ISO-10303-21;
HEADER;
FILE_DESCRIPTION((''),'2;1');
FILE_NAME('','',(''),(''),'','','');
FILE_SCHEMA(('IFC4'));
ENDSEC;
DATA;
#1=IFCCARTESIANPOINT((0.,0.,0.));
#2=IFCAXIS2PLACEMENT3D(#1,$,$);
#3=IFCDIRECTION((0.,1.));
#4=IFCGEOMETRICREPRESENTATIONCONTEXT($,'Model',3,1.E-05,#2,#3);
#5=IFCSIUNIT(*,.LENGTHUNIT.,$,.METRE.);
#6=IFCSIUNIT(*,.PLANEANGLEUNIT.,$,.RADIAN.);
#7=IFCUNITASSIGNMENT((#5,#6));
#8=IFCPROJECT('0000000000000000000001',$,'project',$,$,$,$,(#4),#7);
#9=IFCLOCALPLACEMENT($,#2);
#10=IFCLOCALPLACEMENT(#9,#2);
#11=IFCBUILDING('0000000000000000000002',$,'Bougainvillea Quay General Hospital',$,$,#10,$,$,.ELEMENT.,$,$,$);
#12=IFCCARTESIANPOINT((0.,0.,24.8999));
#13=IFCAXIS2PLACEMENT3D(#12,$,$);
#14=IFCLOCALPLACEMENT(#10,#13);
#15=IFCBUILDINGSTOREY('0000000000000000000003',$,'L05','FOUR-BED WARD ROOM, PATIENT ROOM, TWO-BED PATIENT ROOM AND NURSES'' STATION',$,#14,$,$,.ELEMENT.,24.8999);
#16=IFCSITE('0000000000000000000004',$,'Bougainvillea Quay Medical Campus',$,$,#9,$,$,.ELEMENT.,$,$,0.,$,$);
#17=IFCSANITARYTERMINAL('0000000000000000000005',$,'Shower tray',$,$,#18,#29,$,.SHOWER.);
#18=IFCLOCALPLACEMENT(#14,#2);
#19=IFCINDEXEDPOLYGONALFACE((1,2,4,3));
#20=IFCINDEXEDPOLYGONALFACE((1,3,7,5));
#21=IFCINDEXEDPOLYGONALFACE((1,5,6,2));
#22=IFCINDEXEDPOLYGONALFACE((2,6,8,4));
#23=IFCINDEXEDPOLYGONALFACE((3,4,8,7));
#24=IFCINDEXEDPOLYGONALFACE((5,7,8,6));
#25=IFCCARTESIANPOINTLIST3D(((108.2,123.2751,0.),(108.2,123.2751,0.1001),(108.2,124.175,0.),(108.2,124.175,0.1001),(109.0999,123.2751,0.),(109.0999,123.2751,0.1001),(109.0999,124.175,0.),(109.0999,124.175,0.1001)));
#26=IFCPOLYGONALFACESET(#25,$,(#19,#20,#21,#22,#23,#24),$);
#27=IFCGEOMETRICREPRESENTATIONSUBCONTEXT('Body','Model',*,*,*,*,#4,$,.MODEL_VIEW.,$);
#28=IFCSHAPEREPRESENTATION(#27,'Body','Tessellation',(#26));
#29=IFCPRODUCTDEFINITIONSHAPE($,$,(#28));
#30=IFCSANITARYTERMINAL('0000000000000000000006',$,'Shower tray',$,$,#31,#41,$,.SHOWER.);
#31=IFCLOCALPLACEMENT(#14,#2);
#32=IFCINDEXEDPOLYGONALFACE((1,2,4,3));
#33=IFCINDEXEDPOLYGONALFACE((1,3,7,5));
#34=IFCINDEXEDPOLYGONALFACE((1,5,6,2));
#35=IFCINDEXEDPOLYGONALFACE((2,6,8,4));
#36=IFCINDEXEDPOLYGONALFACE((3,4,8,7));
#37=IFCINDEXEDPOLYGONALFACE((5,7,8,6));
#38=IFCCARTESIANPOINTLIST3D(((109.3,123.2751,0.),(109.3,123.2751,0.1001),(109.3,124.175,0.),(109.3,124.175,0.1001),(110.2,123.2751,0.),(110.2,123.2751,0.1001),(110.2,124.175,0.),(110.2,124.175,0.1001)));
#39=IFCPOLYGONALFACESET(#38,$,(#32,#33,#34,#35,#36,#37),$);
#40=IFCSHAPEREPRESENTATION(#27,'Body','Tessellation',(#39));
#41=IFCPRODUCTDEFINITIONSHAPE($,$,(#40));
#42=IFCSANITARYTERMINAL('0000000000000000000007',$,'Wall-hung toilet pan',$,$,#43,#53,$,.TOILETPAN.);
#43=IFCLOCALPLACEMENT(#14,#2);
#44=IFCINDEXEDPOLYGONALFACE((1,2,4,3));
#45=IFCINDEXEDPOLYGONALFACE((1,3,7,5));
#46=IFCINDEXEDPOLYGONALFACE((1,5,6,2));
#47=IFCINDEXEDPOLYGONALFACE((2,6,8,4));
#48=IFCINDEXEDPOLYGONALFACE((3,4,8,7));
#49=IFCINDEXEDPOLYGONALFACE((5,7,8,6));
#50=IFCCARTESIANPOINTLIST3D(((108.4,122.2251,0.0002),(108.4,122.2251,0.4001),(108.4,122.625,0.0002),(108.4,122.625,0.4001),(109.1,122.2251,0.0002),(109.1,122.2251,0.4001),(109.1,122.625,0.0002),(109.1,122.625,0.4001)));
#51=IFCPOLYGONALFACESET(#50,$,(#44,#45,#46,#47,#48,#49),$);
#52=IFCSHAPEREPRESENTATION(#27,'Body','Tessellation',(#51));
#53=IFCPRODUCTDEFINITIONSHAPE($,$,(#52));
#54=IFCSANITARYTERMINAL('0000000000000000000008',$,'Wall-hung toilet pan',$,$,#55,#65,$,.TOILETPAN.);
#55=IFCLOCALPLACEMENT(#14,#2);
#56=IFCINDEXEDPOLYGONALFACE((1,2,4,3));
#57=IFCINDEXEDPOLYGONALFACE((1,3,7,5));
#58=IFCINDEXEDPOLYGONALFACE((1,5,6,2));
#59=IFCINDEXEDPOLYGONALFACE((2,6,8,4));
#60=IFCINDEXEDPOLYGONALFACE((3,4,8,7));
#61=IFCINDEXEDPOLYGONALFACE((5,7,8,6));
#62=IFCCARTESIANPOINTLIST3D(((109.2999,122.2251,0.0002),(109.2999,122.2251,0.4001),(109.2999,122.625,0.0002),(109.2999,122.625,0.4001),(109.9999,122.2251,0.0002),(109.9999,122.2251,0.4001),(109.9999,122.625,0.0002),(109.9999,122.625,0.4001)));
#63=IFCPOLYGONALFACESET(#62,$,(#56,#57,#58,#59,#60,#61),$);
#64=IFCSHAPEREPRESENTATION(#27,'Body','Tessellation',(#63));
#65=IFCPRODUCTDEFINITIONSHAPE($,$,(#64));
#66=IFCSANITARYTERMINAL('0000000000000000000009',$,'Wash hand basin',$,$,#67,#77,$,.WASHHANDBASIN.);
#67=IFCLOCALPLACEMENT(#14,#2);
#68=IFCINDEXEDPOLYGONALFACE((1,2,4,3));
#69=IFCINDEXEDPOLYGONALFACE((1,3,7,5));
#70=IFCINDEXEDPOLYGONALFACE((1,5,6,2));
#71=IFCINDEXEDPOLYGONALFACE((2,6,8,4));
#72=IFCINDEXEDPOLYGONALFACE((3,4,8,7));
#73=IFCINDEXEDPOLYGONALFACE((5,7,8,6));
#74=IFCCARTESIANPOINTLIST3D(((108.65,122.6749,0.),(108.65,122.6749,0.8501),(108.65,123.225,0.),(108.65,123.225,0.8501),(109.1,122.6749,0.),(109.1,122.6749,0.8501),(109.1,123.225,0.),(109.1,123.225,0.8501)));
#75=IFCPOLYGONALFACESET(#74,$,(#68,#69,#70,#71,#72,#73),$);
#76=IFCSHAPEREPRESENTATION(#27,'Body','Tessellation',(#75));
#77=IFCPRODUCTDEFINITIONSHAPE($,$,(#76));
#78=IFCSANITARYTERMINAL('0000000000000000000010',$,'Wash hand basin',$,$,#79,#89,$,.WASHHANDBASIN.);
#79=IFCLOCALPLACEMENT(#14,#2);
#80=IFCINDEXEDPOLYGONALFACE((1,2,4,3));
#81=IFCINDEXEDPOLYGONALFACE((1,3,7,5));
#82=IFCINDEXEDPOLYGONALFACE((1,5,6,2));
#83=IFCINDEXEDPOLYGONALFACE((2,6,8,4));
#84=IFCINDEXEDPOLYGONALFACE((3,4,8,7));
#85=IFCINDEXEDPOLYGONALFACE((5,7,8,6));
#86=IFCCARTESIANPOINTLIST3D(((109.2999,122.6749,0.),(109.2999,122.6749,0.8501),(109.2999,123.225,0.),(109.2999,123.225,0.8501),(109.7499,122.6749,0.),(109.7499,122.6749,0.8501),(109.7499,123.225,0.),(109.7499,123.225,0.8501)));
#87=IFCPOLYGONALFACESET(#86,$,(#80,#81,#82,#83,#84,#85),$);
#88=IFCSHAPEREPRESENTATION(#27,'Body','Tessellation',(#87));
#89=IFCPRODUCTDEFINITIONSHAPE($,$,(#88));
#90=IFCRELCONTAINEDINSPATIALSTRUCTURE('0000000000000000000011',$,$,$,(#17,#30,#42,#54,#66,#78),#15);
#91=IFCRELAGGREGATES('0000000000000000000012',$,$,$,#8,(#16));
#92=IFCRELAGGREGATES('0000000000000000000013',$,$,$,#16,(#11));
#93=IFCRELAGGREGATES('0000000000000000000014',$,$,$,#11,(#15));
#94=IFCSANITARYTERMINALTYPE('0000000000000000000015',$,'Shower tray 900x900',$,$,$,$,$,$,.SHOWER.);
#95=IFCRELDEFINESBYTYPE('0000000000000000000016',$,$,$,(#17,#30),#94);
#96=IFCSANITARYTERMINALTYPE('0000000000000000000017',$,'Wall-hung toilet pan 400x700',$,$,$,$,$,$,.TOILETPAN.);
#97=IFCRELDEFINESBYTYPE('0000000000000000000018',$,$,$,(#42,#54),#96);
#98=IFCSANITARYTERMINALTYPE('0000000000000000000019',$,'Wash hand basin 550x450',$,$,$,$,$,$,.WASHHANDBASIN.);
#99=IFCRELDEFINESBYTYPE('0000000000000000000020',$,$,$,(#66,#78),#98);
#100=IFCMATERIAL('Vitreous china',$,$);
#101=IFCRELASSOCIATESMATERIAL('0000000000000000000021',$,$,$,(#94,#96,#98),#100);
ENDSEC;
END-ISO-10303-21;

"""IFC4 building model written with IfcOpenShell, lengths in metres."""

from ifc_helpers import new_model, si_unit, direction, frame, origin, origin_2d, place, context, subcontext, project, spatial, rectangle, extrude, material, type_object, element, save


model = new_model("IFC4")

# Units and contexts
model_context = context("Model", 3, precision=1e-05, world=origin(), true_north=direction((0.0, 1.0)))
body_context = subcontext(model_context, "Body", "Model", "MODEL_VIEW")
ifc_project = project(units=[si_unit("LENGTHUNIT", "METRE"), si_unit("PLANEANGLEUNIT", "RADIAN")], contexts=[model_context])

# Site, building, storey
site_placement = place(None, origin())
site = spatial("IfcSite", under=ifc_project, at=site_placement, Name="Bougainvillea Quay Medical Campus", CompositionType="ELEMENT", RefElevation=0.0)
building_placement = place(site_placement, origin())
building = spatial("IfcBuilding", under=site, at=building_placement, Name="Bougainvillea Quay General Hospital", CompositionType="ELEMENT")
storey_placement = place(building_placement, frame((0.0, 0.0, 24.8999)))
storey = spatial("IfcBuildingStorey", under=building, at=storey_placement, Name="L05", Description="FOUR-BED WARD ROOM, PATIENT ROOM, TWO-BED PATIENT ROOM AND NURSES' STATION", CompositionType="ELEMENT", Elevation=24.8999)

# Sanitary terminals
ifc_material_1 = material(Name="Vitreous china")
sanitary_terminal_type_1 = type_object("IfcSanitaryTerminalType", Name="Shower tray 900x900", PredefinedType="SHOWER", material=ifc_material_1)
for number, where, z_axis, x_axis, name in (
    (1, (108.6499, 123.7251, 0.0), (0.0, 0.0, 1.0), (0.0, -1.0, 0.0), "Shower tray"),
    (2, (109.75, 123.7251, 0.0), (0.0, 0.0, 1.0), (0.0, 1.0, 0.0), "Shower tray"),
):
    element("IfcSanitaryTerminal", number, at=place(storey_placement, frame(where, z_axis=z_axis, x_axis=x_axis)), inside=storey, type_object=sanitary_terminal_type_1, Name=name, PredefinedType="SHOWER", context=body_context, shape_type="SweptSolid", body=[
        extrude(rectangle(XDim=0.8999, YDim=0.8999, at=origin_2d()), origin(), (0.0, 0.0, 1.0), 0.1001),
    ])
sanitary_terminal_type_2 = type_object("IfcSanitaryTerminalType", Name="Wall-hung toilet pan 400x700", PredefinedType="TOILETPAN", material=ifc_material_1)
for number, where, z_axis, x_axis, name in (
    (3, (108.75, 122.425, 0.0002), (0.0, 0.0, 1.0), (0.0, -1.0, 0.0), "Wall-hung toilet pan"),
    (4, (109.6499, 122.425, 0.0002), (0.0, 0.0, 1.0), (0.0, 1.0, 0.0), "Wall-hung toilet pan"),
):
    element("IfcSanitaryTerminal", number, at=place(storey_placement, frame(where, z_axis=z_axis, x_axis=x_axis)), inside=storey, type_object=sanitary_terminal_type_2, Name=name, PredefinedType="TOILETPAN", context=body_context, shape_type="SweptSolid", body=[
        extrude(rectangle(XDim=0.3999, YDim=0.7, at=origin_2d()), origin(), (0.0, 0.0, 1.0), 0.3999),
    ])
sanitary_terminal_type_3 = type_object("IfcSanitaryTerminalType", Name="Wash hand basin 550x450", PredefinedType="WASHHANDBASIN", material=ifc_material_1)
for number, where, z_axis, x_axis, name in (
    (5, (108.875, 122.95, 0.0), (0.0, 0.0, 1.0), (0.0, -1.0, 0.0), "Wash hand basin"),
    (6, (109.5249, 122.95, 0.0), (0.0, 0.0, 1.0), (0.0, 1.0, 0.0), "Wash hand basin"),
):
    element("IfcSanitaryTerminal", number, at=place(storey_placement, frame(where, z_axis=z_axis, x_axis=x_axis)), inside=storey, type_object=sanitary_terminal_type_3, Name=name, PredefinedType="WASHHANDBASIN", context=body_context, shape_type="SweptSolid", body=[
        extrude(rectangle(XDim=0.55, YDim=0.45, at=origin_2d()), origin(), (0.0, 0.0, 1.0), 0.8501),
    ])

save(model, "model.ifc")
